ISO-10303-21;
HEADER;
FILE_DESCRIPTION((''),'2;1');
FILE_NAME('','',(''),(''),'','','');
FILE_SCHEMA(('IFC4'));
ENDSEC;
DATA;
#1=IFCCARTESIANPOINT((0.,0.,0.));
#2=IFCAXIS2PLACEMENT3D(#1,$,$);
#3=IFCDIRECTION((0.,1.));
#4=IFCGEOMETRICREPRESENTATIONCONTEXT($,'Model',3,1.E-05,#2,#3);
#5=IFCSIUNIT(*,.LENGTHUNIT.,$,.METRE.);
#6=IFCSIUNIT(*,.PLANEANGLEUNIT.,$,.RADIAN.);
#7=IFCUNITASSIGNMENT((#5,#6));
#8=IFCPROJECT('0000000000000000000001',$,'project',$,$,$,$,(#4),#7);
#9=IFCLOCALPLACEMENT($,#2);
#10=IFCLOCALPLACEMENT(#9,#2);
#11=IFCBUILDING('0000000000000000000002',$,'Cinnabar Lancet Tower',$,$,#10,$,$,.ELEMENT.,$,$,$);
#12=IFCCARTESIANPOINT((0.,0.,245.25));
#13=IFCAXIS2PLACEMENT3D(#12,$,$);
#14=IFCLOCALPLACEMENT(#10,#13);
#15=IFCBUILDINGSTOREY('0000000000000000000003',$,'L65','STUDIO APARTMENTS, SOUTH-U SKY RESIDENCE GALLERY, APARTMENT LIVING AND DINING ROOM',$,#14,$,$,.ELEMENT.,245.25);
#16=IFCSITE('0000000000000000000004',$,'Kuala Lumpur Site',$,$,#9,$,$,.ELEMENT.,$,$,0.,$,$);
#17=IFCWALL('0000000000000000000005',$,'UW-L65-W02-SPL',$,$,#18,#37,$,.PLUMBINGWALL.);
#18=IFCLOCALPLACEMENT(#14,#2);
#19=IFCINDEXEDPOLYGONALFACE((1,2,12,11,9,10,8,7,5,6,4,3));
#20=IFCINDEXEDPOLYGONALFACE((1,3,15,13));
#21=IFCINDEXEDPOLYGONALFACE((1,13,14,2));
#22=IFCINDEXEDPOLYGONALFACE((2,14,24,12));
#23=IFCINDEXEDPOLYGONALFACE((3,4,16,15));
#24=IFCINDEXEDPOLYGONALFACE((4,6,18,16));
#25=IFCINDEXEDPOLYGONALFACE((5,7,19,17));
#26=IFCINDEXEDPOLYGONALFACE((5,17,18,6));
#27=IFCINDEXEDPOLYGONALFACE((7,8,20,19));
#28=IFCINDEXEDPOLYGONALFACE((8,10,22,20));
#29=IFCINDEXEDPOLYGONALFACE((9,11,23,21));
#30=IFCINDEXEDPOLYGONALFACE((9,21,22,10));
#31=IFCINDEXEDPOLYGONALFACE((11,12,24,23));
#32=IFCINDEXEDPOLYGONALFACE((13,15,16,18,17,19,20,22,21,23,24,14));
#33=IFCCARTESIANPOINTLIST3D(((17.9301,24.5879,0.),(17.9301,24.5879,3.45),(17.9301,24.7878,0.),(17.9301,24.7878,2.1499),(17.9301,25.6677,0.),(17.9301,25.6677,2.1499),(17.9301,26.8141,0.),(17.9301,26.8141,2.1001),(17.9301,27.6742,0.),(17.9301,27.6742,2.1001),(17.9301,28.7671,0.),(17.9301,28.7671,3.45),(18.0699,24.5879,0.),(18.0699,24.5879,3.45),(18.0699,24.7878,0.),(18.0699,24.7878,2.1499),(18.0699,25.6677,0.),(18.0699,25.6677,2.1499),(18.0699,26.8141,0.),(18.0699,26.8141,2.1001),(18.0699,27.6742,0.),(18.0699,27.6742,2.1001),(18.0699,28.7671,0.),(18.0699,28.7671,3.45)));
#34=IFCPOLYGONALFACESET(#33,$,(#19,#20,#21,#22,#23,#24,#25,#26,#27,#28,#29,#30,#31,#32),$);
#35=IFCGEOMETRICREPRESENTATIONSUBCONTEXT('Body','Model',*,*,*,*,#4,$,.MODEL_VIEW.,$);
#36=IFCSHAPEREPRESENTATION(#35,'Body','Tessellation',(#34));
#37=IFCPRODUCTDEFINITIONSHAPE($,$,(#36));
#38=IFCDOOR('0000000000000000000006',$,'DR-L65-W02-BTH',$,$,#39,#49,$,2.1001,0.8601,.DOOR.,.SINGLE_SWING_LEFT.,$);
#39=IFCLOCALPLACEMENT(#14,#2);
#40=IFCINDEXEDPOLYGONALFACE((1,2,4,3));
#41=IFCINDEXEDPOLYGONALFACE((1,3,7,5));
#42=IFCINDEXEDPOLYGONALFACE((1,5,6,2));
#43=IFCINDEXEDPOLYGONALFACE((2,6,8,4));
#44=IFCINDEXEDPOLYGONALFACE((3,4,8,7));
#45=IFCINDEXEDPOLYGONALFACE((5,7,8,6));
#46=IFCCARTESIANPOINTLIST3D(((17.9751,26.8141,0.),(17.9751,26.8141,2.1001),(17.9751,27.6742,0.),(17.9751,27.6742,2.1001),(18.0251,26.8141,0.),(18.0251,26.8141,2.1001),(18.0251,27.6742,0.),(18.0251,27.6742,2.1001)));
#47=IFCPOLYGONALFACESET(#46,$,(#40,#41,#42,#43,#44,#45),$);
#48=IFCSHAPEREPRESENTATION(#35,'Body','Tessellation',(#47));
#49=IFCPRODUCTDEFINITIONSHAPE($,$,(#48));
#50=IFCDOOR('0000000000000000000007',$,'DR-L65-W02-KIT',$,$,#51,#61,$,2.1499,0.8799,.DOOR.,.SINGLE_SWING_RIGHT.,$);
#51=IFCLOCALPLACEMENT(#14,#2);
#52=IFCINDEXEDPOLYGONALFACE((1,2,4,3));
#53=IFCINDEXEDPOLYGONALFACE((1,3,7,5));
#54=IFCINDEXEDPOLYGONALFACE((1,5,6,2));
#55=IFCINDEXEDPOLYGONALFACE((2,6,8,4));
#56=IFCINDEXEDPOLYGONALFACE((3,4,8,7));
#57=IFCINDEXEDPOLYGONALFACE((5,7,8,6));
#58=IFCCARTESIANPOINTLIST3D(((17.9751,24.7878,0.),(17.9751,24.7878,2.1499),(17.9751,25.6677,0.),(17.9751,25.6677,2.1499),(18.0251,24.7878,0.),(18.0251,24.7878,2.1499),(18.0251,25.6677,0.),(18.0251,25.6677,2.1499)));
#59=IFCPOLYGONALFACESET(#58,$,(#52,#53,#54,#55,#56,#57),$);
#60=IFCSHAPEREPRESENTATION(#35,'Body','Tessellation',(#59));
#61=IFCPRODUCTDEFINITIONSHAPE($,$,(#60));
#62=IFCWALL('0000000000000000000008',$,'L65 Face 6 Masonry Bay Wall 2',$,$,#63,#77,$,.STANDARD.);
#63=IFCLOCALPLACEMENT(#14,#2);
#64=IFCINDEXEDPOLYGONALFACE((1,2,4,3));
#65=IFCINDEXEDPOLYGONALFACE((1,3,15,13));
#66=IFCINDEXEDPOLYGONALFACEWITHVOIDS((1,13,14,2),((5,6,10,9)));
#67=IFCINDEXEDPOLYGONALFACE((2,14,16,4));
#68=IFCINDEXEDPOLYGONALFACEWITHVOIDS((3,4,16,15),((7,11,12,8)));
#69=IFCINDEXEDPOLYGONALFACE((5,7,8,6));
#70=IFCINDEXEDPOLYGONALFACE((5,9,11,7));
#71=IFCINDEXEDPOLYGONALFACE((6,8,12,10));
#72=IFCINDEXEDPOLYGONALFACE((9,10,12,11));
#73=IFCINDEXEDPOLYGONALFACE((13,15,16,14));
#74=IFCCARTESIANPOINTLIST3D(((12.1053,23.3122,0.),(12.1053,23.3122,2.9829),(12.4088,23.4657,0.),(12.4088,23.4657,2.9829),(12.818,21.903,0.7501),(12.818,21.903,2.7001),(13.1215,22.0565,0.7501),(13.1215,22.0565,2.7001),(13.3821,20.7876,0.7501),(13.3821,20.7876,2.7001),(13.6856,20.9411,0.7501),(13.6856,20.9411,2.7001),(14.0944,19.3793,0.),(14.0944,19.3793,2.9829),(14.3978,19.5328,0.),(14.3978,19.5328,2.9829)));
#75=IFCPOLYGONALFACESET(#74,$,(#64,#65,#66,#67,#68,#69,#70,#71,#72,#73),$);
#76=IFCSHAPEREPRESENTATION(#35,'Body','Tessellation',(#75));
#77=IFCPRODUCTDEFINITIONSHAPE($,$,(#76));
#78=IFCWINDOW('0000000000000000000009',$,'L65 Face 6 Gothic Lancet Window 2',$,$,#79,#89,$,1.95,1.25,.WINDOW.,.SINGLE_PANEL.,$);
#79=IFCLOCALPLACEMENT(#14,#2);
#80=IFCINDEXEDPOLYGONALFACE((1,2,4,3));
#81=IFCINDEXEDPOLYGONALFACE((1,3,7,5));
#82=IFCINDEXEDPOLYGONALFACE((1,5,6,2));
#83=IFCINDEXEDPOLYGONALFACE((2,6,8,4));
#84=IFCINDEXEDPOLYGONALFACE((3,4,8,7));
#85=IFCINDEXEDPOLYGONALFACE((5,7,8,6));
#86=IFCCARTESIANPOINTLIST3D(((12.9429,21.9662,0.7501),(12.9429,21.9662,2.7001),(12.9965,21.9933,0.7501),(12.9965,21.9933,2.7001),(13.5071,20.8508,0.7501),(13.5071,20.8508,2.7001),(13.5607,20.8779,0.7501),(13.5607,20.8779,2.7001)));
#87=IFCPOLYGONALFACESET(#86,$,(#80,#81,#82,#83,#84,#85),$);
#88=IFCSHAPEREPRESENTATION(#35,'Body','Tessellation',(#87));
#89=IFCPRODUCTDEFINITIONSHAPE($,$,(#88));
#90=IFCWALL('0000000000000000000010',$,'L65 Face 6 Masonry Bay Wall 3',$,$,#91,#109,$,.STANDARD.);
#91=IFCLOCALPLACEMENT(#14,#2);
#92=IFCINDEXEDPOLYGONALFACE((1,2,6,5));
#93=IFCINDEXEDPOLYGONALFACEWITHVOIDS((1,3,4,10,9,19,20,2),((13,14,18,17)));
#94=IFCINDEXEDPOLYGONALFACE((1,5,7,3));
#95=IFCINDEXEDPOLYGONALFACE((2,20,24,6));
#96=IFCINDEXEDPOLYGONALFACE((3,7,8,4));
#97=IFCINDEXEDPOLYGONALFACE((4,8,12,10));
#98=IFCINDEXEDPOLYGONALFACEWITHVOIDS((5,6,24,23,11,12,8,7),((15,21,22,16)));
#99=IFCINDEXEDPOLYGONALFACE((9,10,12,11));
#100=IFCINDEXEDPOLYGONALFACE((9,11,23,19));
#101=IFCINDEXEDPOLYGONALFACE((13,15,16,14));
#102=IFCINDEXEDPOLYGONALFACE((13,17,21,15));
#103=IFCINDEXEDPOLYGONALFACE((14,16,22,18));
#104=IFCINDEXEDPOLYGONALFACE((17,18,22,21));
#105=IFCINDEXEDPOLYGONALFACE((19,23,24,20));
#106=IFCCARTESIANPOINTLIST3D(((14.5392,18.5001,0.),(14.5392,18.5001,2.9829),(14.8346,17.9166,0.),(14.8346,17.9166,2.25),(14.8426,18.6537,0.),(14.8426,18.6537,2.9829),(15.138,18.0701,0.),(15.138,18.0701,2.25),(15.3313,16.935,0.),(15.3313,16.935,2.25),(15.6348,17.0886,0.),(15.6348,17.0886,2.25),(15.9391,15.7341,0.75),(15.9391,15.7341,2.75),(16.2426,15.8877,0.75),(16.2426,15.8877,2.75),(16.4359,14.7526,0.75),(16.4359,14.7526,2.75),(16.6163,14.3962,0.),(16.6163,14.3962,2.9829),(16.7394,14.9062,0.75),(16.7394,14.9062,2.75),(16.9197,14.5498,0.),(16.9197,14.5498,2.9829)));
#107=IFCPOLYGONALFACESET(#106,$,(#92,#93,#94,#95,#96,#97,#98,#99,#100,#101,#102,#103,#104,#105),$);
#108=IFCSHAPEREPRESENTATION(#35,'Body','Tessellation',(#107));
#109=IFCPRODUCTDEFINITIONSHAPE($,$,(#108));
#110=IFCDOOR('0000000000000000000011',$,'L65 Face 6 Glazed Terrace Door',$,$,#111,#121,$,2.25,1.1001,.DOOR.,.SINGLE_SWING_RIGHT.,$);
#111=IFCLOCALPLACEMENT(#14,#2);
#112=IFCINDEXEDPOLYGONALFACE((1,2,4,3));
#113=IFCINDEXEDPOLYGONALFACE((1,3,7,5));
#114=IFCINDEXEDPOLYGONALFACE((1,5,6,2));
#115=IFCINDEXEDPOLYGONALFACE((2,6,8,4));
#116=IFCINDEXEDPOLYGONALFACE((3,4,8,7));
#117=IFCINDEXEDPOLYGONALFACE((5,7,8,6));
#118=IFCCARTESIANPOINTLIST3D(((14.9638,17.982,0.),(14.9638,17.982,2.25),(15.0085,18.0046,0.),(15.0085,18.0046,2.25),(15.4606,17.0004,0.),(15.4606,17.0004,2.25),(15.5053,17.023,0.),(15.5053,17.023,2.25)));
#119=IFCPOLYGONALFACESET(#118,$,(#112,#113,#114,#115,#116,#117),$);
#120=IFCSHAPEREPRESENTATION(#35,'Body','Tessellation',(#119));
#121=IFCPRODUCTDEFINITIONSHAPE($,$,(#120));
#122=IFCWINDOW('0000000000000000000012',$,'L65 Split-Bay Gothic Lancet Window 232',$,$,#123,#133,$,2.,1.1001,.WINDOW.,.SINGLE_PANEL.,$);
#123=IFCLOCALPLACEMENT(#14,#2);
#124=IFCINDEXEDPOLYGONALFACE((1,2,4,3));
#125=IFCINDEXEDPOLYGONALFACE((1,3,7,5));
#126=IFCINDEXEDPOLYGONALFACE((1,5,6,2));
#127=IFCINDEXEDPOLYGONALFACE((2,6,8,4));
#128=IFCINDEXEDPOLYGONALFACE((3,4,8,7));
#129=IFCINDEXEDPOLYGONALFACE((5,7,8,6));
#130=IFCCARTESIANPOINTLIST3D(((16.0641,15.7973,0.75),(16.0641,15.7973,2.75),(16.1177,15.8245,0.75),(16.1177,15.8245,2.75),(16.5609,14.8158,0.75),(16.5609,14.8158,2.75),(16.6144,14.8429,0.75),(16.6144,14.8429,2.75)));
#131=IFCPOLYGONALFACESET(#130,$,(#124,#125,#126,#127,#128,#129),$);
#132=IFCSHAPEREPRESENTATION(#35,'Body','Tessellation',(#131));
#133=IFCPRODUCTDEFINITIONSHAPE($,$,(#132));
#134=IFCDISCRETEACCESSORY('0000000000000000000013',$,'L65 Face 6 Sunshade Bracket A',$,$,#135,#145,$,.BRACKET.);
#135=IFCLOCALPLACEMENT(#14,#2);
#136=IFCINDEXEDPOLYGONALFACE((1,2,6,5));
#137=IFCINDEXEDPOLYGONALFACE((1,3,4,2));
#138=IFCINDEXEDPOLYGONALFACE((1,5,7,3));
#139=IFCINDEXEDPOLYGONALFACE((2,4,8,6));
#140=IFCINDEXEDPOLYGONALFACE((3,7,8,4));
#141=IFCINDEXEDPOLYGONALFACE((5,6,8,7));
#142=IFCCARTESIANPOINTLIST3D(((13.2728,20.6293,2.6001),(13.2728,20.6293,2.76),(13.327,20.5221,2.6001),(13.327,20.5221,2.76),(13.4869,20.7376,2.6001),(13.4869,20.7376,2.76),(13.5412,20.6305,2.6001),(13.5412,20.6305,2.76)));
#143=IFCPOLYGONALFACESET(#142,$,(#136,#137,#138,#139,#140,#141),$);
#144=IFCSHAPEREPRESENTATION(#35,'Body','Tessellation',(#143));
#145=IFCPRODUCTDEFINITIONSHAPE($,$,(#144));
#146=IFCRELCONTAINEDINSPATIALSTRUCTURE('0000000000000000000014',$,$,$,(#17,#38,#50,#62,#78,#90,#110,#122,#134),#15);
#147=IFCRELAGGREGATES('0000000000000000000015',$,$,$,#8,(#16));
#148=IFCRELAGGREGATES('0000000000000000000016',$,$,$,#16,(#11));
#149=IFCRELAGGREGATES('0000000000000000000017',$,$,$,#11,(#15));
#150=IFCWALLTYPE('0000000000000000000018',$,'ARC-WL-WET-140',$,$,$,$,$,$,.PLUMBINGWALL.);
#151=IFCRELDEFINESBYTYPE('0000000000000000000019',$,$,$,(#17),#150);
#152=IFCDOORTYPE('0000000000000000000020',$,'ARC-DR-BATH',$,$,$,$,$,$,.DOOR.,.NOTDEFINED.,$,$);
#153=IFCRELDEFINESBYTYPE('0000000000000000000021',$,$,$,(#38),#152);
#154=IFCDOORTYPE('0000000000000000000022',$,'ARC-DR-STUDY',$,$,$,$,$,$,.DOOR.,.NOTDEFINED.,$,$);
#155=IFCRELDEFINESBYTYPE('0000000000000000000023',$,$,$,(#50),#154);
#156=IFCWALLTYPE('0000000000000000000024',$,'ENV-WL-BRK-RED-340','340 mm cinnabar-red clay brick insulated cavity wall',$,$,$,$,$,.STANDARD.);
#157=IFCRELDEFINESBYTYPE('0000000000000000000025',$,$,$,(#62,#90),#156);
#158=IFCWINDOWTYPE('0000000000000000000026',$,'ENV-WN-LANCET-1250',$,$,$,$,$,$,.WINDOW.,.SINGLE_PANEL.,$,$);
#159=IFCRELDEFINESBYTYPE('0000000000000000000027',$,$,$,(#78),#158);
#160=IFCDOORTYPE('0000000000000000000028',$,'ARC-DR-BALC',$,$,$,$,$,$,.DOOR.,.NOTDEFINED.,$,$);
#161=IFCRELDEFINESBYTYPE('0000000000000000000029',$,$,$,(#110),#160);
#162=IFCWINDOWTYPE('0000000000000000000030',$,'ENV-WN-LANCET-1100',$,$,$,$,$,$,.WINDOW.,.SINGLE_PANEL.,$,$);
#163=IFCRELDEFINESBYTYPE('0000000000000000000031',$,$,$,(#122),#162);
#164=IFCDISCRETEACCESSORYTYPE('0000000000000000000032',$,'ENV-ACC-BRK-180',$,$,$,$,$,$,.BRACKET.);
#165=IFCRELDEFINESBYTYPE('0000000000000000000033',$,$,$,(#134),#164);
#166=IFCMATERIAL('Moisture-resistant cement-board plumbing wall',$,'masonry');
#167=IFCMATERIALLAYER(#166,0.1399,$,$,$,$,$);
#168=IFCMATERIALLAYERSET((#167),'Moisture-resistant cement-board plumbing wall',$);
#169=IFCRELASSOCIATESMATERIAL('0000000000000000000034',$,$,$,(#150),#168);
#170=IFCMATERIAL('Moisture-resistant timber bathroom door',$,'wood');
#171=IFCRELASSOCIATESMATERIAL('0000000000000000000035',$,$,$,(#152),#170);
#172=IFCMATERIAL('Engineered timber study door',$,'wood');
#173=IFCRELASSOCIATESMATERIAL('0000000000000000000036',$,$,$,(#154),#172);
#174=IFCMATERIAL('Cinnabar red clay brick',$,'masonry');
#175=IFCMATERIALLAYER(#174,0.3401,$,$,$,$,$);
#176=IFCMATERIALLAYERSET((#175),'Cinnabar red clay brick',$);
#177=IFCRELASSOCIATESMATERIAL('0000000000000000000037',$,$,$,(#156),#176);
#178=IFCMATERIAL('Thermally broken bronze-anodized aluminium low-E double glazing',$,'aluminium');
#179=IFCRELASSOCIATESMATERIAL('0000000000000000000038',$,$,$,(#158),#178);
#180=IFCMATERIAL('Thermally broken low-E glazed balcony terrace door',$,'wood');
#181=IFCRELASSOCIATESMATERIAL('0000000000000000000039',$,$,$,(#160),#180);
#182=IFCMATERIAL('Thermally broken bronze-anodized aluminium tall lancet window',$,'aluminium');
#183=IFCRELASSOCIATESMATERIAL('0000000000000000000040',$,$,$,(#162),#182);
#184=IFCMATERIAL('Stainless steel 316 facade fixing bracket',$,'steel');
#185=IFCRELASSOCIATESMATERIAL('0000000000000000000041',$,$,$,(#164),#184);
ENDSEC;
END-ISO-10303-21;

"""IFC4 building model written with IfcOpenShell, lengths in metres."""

from ifc_helpers import new_model, si_unit, direction, frame, frame_2d, origin, origin_2d, place, context, subcontext, project, spatial, rectangle, extrude, material, layer, layer_set, type_object, element, fill, save


model = new_model("IFC4")

# Units and contexts
model_context = context("Model", 3, precision=1e-05, world=origin(), true_north=direction((0.0, 1.0)))
body_context = subcontext(model_context, "Body", "Model", "MODEL_VIEW")
ifc_project = project(units=[si_unit("LENGTHUNIT", "METRE"), si_unit("PLANEANGLEUNIT", "RADIAN")], contexts=[model_context])

# Site, building, storey
site_placement = place(None, origin())
site = spatial("IfcSite", under=ifc_project, at=site_placement, Name="Kuala Lumpur Site", CompositionType="ELEMENT", RefElevation=0.0)
building_placement = place(site_placement, origin())
building = spatial("IfcBuilding", under=site, at=building_placement, Name="Cinnabar Lancet Tower", CompositionType="ELEMENT")
storey_placement = place(building_placement, frame((0.0, 0.0, 245.25)))
storey = spatial("IfcBuildingStorey", under=building, at=storey_placement, Name="L65", Description="STUDIO APARTMENTS, SOUTH-U SKY RESIDENCE GALLERY, APARTMENT LIVING AND DINING ROOM", CompositionType="ELEMENT", Elevation=245.25)

# Shared definitions
ifc_material_1 = material(Name="Moisture-resistant cement-board plumbing wall", Category="masonry")
ifc_layer_1 = layer(ifc_material_1, 0.1399)
ifc_layer_set_1 = layer_set([ifc_layer_1], Name="Moisture-resistant cement-board plumbing wall")
wall_type_1 = type_object("IfcWallType", Name="ARC-WL-WET-140", PredefinedType="PLUMBINGWALL", material=ifc_layer_set_1)
ifc_material_2 = material(Name="Moisture-resistant timber bathroom door", Category="wood")
door_type_1 = type_object("IfcDoorType", Name="ARC-DR-BATH", OperationType="NOTDEFINED", PredefinedType="DOOR", material=ifc_material_2)
ifc_material_3 = material(Name="Engineered timber study door", Category="wood")
door_type_2 = type_object("IfcDoorType", Name="ARC-DR-STUDY", OperationType="NOTDEFINED", PredefinedType="DOOR", material=ifc_material_3)

# Wall, openings, doors
wall_1_placement = place(storey_placement, frame((18.0, 24.5879, 0.0), z_axis=(0.0, 0.0, 1.0), x_axis=(0.0, 1.0, 0.0)))
wall_1 = element("IfcWall", 1, at=wall_1_placement, inside=storey, type_object=wall_type_1, Name="UW-L65-W02-SPL", PredefinedType="PLUMBINGWALL", context=body_context, shape_type="SweptSolid", body=[
    extrude(rectangle(XDim=4.1792, YDim=0.1399, at=frame_2d((2.0896, 0.0))), origin(), (0.0, 0.0, 1.0), 3.45),
])
opening_1_placement = place(wall_1_placement, frame((2.2261, 0.0, 0.0)))
opening_1 = element("IfcOpeningElement", 2, at=opening_1_placement, cuts=wall_1, PredefinedType="OPENING", context=body_context, shape_type="SweptSolid", body=[
    extrude(rectangle(XDim=0.8601, YDim=2.1001, at=frame_2d((0.4302, 1.05))), frame((0.0, 0.0798, 0.0), z_axis=(0.0, -1.0, 0.0), x_axis=(1.0, 0.0, 0.0)), (0.0, 0.0, 1.0), 0.1599),
])
opening_2_placement = place(wall_1_placement, frame((0.2, 0.0, 0.0)))
opening_2 = element("IfcOpeningElement", 3, at=opening_2_placement, cuts=wall_1, PredefinedType="OPENING", context=body_context, shape_type="SweptSolid", body=[
    extrude(rectangle(XDim=0.8799, YDim=2.1499, at=frame_2d((0.4399, 1.075))), frame((0.0, 0.0798, 0.0), z_axis=(0.0, -1.0, 0.0), x_axis=(1.0, 0.0, 0.0)), (0.0, 0.0, 1.0), 0.1599),
])
door_1_placement = place(opening_1_placement, origin())
door_1 = element("IfcDoor", 4, at=door_1_placement, inside=storey, type_object=door_type_1, Name="DR-L65-W02-BTH", OperationType="SINGLE_SWING_LEFT", OverallHeight=2.1001, OverallWidth=0.8601, PredefinedType="DOOR", context=body_context, shape_type="SweptSolid", body=[
    extrude(rectangle(XDim=0.8601, YDim=2.1001, at=frame_2d((0.4302, 1.05))), frame((0.0, 0.0249, 0.0), z_axis=(0.0, -1.0, 0.0), x_axis=(1.0, 0.0, 0.0)), (0.0, 0.0, 1.0), 0.05),
])
fill(opening_1, door_1)
door_2_placement = place(opening_2_placement, origin())
door_2 = element("IfcDoor", 5, at=door_2_placement, inside=storey, type_object=door_type_2, Name="DR-L65-W02-KIT", OperationType="SINGLE_SWING_RIGHT", OverallHeight=2.1499, OverallWidth=0.8799, PredefinedType="DOOR", context=body_context, shape_type="SweptSolid", body=[
    extrude(rectangle(XDim=0.8799, YDim=2.1499, at=frame_2d((0.4399, 1.075))), frame((0.0, 0.0249, 0.0), z_axis=(0.0, -1.0, 0.0), x_axis=(1.0, 0.0, 0.0)), (0.0, 0.0, 1.0), 0.05),
])
fill(opening_2, door_2)

# Wall, opening, window
ifc_material_4 = material(Name="Cinnabar red clay brick", Category="masonry")
ifc_layer_2 = layer(ifc_material_4, 0.3401)
ifc_layer_set_2 = layer_set([ifc_layer_2], Name="Cinnabar red clay brick")
wall_type_2 = type_object("IfcWallType", Name="ENV-WL-BRK-RED-340", Description="340 mm cinnabar-red clay brick insulated cavity wall", PredefinedType="STANDARD", material=ifc_layer_set_2)
wall_2_placement = place(storey_placement, frame((12.2571, 23.3889, 0.0), z_axis=(0.0, 0.0, 1.0), x_axis=(0.451308, -0.892368, 0.0)))
wall_2 = element("IfcWall", 6, at=wall_2_placement, inside=storey, type_object=wall_type_2, Name="L65 Face 6 Masonry Bay Wall 2", PredefinedType="STANDARD", context=body_context, shape_type="SweptSolid", body=[
    extrude(rectangle(XDim=4.4072, YDim=0.3401, at=frame_2d((2.2036, 0.0))), origin(), (0.0, 0.0, 1.0), 2.9829),
])
opening_3_placement = place(wall_2_placement, frame((1.5791, 0.0, 0.75)))
opening_3 = element("IfcOpeningElement", 7, at=opening_3_placement, cuts=wall_2, PredefinedType="OPENING", context=body_context, shape_type="SweptSolid", body=[
    extrude(rectangle(XDim=1.25, YDim=1.95, at=frame_2d((0.625, 0.9751))), frame((0.0, 0.1799, 0.0), z_axis=(0.0, -1.0, 0.0), x_axis=(1.0, 0.0, 0.0)), (0.0, 0.0, 1.0), 0.3601),
])
ifc_material_5 = material(Name="Thermally broken bronze-anodized aluminium low-E double glazing", Category="aluminium")
window_type_1 = type_object("IfcWindowType", Name="ENV-WN-LANCET-1250", PartitioningType="SINGLE_PANEL", PredefinedType="WINDOW", material=ifc_material_5)
window_1_placement = place(opening_3_placement, origin())
window_1 = element("IfcWindow", 8, at=window_1_placement, inside=storey, type_object=window_type_1, Name="L65 Face 6 Gothic Lancet Window 2", OverallHeight=1.95, OverallWidth=1.25, PartitioningType="SINGLE_PANEL", PredefinedType="WINDOW", context=body_context, shape_type="SweptSolid", body=[
    extrude(rectangle(XDim=1.25, YDim=1.95, at=frame_2d((0.625, 0.9751))), frame((0.0, 0.03, 0.0), z_axis=(0.0, -1.0, 0.0), x_axis=(1.0, 0.0, 0.0)), (0.0, 0.0, 1.0), 0.0601),
])
fill(opening_3, window_1)

# Wall, openings, door, window
wall_3_placement = place(storey_placement, frame((14.6909, 18.5769, 0.0), z_axis=(0.0, 0.0, 1.0), x_axis=(0.451582, -0.89223, 0.0)))
wall_3 = element("IfcWall", 9, at=wall_3_placement, inside=storey, type_object=wall_type_2, Name="L65 Face 6 Masonry Bay Wall 3", PredefinedType="STANDARD", context=body_context, shape_type="SweptSolid", body=[
    extrude(rectangle(XDim=4.5996, YDim=0.3401, at=frame_2d((2.2998, 0.0))), origin(), (0.0, 0.0, 1.0), 2.9829),
])
opening_4_placement = place(wall_3_placement, frame((0.6541, 0.0, 0.0)))
opening_4 = element("IfcOpeningElement", 10, at=opening_4_placement, cuts=wall_3, PredefinedType="OPENING", context=body_context, shape_type="SweptSolid", body=[
    extrude(rectangle(XDim=1.1001, YDim=2.25, at=frame_2d((0.55, 1.125))), frame((0.0, 0.1799, 0.0), z_axis=(0.0, -1.0, 0.0), x_axis=(1.0, 0.0, 0.0)), (0.0, 0.0, 1.0), 0.3601),
])
opening_5_placement = place(wall_3_placement, frame((3.1001, 0.0, 0.75)))
opening_5 = element("IfcOpeningElement", 11, at=opening_5_placement, cuts=wall_3, PredefinedType="OPENING", context=body_context, shape_type="SweptSolid", body=[
    extrude(rectangle(XDim=1.1001, YDim=2.0, at=frame_2d((0.55, 1.0))), frame((0.0, 0.1799, 0.0), z_axis=(0.0, -1.0, 0.0), x_axis=(1.0, 0.0, 0.0)), (0.0, 0.0, 1.0), 0.3601),
])
ifc_material_6 = material(Name="Thermally broken low-E glazed balcony terrace door", Category="wood")
door_type_3 = type_object("IfcDoorType", Name="ARC-DR-BALC", OperationType="NOTDEFINED", PredefinedType="DOOR", material=ifc_material_6)
door_3_placement = place(opening_4_placement, origin())
door_3 = element("IfcDoor", 12, at=door_3_placement, inside=storey, type_object=door_type_3, Name="L65 Face 6 Glazed Terrace Door", OperationType="SINGLE_SWING_RIGHT", OverallHeight=2.25, OverallWidth=1.1001, PredefinedType="DOOR", context=body_context, shape_type="SweptSolid", body=[
    extrude(rectangle(XDim=1.1001, YDim=2.25, at=frame_2d((0.55, 1.125))), frame((0.0, 0.0249, 0.0), z_axis=(0.0, -1.0, 0.0), x_axis=(1.0, 0.0, 0.0)), (0.0, 0.0, 1.0), 0.05),
])
fill(opening_4, door_3)
ifc_material_7 = material(Name="Thermally broken bronze-anodized aluminium tall lancet window", Category="aluminium")
window_type_2 = type_object("IfcWindowType", Name="ENV-WN-LANCET-1100", PartitioningType="SINGLE_PANEL", PredefinedType="WINDOW", material=ifc_material_7)
window_2_placement = place(opening_5_placement, origin())
window_2 = element("IfcWindow", 13, at=window_2_placement, inside=storey, type_object=window_type_2, Name="L65 Split-Bay Gothic Lancet Window 232", OverallHeight=2.0, OverallWidth=1.1001, PartitioningType="SINGLE_PANEL", PredefinedType="WINDOW", context=body_context, shape_type="SweptSolid", body=[
    extrude(rectangle(XDim=1.1001, YDim=2.0, at=frame_2d((0.55, 1.0))), frame((0.0, 0.03, 0.0), z_axis=(0.0, -1.0, 0.0), x_axis=(1.0, 0.0, 0.0)), (0.0, 0.0, 1.0), 0.0601),
])
fill(opening_5, window_2)

# Discrete accessory
ifc_material_8 = material(Name="Stainless steel 316 facade fixing bracket", Category="steel")
discrete_accessory_type = type_object("IfcDiscreteAccessoryType", Name="ENV-ACC-BRK-180", PredefinedType="BRACKET", material=ifc_material_8)
discrete_accessory_placement = place(storey_placement, frame((13.407, 20.6299, 2.6001), z_axis=(0.0, 0.0, 1.0), x_axis=(0.451376, -0.892334, 0.0)))
element("IfcDiscreteAccessory", 14, at=discrete_accessory_placement, inside=storey, type_object=discrete_accessory_type, Name="L65 Face 6 Sunshade Bracket A", PredefinedType="BRACKET", context=body_context, shape_type="SweptSolid", body=[
    extrude(rectangle(XDim=0.1201, YDim=0.24, at=origin_2d()), origin(), (0.0, 0.0, 1.0), 0.1599),
])

save(model, "model.ifc")
